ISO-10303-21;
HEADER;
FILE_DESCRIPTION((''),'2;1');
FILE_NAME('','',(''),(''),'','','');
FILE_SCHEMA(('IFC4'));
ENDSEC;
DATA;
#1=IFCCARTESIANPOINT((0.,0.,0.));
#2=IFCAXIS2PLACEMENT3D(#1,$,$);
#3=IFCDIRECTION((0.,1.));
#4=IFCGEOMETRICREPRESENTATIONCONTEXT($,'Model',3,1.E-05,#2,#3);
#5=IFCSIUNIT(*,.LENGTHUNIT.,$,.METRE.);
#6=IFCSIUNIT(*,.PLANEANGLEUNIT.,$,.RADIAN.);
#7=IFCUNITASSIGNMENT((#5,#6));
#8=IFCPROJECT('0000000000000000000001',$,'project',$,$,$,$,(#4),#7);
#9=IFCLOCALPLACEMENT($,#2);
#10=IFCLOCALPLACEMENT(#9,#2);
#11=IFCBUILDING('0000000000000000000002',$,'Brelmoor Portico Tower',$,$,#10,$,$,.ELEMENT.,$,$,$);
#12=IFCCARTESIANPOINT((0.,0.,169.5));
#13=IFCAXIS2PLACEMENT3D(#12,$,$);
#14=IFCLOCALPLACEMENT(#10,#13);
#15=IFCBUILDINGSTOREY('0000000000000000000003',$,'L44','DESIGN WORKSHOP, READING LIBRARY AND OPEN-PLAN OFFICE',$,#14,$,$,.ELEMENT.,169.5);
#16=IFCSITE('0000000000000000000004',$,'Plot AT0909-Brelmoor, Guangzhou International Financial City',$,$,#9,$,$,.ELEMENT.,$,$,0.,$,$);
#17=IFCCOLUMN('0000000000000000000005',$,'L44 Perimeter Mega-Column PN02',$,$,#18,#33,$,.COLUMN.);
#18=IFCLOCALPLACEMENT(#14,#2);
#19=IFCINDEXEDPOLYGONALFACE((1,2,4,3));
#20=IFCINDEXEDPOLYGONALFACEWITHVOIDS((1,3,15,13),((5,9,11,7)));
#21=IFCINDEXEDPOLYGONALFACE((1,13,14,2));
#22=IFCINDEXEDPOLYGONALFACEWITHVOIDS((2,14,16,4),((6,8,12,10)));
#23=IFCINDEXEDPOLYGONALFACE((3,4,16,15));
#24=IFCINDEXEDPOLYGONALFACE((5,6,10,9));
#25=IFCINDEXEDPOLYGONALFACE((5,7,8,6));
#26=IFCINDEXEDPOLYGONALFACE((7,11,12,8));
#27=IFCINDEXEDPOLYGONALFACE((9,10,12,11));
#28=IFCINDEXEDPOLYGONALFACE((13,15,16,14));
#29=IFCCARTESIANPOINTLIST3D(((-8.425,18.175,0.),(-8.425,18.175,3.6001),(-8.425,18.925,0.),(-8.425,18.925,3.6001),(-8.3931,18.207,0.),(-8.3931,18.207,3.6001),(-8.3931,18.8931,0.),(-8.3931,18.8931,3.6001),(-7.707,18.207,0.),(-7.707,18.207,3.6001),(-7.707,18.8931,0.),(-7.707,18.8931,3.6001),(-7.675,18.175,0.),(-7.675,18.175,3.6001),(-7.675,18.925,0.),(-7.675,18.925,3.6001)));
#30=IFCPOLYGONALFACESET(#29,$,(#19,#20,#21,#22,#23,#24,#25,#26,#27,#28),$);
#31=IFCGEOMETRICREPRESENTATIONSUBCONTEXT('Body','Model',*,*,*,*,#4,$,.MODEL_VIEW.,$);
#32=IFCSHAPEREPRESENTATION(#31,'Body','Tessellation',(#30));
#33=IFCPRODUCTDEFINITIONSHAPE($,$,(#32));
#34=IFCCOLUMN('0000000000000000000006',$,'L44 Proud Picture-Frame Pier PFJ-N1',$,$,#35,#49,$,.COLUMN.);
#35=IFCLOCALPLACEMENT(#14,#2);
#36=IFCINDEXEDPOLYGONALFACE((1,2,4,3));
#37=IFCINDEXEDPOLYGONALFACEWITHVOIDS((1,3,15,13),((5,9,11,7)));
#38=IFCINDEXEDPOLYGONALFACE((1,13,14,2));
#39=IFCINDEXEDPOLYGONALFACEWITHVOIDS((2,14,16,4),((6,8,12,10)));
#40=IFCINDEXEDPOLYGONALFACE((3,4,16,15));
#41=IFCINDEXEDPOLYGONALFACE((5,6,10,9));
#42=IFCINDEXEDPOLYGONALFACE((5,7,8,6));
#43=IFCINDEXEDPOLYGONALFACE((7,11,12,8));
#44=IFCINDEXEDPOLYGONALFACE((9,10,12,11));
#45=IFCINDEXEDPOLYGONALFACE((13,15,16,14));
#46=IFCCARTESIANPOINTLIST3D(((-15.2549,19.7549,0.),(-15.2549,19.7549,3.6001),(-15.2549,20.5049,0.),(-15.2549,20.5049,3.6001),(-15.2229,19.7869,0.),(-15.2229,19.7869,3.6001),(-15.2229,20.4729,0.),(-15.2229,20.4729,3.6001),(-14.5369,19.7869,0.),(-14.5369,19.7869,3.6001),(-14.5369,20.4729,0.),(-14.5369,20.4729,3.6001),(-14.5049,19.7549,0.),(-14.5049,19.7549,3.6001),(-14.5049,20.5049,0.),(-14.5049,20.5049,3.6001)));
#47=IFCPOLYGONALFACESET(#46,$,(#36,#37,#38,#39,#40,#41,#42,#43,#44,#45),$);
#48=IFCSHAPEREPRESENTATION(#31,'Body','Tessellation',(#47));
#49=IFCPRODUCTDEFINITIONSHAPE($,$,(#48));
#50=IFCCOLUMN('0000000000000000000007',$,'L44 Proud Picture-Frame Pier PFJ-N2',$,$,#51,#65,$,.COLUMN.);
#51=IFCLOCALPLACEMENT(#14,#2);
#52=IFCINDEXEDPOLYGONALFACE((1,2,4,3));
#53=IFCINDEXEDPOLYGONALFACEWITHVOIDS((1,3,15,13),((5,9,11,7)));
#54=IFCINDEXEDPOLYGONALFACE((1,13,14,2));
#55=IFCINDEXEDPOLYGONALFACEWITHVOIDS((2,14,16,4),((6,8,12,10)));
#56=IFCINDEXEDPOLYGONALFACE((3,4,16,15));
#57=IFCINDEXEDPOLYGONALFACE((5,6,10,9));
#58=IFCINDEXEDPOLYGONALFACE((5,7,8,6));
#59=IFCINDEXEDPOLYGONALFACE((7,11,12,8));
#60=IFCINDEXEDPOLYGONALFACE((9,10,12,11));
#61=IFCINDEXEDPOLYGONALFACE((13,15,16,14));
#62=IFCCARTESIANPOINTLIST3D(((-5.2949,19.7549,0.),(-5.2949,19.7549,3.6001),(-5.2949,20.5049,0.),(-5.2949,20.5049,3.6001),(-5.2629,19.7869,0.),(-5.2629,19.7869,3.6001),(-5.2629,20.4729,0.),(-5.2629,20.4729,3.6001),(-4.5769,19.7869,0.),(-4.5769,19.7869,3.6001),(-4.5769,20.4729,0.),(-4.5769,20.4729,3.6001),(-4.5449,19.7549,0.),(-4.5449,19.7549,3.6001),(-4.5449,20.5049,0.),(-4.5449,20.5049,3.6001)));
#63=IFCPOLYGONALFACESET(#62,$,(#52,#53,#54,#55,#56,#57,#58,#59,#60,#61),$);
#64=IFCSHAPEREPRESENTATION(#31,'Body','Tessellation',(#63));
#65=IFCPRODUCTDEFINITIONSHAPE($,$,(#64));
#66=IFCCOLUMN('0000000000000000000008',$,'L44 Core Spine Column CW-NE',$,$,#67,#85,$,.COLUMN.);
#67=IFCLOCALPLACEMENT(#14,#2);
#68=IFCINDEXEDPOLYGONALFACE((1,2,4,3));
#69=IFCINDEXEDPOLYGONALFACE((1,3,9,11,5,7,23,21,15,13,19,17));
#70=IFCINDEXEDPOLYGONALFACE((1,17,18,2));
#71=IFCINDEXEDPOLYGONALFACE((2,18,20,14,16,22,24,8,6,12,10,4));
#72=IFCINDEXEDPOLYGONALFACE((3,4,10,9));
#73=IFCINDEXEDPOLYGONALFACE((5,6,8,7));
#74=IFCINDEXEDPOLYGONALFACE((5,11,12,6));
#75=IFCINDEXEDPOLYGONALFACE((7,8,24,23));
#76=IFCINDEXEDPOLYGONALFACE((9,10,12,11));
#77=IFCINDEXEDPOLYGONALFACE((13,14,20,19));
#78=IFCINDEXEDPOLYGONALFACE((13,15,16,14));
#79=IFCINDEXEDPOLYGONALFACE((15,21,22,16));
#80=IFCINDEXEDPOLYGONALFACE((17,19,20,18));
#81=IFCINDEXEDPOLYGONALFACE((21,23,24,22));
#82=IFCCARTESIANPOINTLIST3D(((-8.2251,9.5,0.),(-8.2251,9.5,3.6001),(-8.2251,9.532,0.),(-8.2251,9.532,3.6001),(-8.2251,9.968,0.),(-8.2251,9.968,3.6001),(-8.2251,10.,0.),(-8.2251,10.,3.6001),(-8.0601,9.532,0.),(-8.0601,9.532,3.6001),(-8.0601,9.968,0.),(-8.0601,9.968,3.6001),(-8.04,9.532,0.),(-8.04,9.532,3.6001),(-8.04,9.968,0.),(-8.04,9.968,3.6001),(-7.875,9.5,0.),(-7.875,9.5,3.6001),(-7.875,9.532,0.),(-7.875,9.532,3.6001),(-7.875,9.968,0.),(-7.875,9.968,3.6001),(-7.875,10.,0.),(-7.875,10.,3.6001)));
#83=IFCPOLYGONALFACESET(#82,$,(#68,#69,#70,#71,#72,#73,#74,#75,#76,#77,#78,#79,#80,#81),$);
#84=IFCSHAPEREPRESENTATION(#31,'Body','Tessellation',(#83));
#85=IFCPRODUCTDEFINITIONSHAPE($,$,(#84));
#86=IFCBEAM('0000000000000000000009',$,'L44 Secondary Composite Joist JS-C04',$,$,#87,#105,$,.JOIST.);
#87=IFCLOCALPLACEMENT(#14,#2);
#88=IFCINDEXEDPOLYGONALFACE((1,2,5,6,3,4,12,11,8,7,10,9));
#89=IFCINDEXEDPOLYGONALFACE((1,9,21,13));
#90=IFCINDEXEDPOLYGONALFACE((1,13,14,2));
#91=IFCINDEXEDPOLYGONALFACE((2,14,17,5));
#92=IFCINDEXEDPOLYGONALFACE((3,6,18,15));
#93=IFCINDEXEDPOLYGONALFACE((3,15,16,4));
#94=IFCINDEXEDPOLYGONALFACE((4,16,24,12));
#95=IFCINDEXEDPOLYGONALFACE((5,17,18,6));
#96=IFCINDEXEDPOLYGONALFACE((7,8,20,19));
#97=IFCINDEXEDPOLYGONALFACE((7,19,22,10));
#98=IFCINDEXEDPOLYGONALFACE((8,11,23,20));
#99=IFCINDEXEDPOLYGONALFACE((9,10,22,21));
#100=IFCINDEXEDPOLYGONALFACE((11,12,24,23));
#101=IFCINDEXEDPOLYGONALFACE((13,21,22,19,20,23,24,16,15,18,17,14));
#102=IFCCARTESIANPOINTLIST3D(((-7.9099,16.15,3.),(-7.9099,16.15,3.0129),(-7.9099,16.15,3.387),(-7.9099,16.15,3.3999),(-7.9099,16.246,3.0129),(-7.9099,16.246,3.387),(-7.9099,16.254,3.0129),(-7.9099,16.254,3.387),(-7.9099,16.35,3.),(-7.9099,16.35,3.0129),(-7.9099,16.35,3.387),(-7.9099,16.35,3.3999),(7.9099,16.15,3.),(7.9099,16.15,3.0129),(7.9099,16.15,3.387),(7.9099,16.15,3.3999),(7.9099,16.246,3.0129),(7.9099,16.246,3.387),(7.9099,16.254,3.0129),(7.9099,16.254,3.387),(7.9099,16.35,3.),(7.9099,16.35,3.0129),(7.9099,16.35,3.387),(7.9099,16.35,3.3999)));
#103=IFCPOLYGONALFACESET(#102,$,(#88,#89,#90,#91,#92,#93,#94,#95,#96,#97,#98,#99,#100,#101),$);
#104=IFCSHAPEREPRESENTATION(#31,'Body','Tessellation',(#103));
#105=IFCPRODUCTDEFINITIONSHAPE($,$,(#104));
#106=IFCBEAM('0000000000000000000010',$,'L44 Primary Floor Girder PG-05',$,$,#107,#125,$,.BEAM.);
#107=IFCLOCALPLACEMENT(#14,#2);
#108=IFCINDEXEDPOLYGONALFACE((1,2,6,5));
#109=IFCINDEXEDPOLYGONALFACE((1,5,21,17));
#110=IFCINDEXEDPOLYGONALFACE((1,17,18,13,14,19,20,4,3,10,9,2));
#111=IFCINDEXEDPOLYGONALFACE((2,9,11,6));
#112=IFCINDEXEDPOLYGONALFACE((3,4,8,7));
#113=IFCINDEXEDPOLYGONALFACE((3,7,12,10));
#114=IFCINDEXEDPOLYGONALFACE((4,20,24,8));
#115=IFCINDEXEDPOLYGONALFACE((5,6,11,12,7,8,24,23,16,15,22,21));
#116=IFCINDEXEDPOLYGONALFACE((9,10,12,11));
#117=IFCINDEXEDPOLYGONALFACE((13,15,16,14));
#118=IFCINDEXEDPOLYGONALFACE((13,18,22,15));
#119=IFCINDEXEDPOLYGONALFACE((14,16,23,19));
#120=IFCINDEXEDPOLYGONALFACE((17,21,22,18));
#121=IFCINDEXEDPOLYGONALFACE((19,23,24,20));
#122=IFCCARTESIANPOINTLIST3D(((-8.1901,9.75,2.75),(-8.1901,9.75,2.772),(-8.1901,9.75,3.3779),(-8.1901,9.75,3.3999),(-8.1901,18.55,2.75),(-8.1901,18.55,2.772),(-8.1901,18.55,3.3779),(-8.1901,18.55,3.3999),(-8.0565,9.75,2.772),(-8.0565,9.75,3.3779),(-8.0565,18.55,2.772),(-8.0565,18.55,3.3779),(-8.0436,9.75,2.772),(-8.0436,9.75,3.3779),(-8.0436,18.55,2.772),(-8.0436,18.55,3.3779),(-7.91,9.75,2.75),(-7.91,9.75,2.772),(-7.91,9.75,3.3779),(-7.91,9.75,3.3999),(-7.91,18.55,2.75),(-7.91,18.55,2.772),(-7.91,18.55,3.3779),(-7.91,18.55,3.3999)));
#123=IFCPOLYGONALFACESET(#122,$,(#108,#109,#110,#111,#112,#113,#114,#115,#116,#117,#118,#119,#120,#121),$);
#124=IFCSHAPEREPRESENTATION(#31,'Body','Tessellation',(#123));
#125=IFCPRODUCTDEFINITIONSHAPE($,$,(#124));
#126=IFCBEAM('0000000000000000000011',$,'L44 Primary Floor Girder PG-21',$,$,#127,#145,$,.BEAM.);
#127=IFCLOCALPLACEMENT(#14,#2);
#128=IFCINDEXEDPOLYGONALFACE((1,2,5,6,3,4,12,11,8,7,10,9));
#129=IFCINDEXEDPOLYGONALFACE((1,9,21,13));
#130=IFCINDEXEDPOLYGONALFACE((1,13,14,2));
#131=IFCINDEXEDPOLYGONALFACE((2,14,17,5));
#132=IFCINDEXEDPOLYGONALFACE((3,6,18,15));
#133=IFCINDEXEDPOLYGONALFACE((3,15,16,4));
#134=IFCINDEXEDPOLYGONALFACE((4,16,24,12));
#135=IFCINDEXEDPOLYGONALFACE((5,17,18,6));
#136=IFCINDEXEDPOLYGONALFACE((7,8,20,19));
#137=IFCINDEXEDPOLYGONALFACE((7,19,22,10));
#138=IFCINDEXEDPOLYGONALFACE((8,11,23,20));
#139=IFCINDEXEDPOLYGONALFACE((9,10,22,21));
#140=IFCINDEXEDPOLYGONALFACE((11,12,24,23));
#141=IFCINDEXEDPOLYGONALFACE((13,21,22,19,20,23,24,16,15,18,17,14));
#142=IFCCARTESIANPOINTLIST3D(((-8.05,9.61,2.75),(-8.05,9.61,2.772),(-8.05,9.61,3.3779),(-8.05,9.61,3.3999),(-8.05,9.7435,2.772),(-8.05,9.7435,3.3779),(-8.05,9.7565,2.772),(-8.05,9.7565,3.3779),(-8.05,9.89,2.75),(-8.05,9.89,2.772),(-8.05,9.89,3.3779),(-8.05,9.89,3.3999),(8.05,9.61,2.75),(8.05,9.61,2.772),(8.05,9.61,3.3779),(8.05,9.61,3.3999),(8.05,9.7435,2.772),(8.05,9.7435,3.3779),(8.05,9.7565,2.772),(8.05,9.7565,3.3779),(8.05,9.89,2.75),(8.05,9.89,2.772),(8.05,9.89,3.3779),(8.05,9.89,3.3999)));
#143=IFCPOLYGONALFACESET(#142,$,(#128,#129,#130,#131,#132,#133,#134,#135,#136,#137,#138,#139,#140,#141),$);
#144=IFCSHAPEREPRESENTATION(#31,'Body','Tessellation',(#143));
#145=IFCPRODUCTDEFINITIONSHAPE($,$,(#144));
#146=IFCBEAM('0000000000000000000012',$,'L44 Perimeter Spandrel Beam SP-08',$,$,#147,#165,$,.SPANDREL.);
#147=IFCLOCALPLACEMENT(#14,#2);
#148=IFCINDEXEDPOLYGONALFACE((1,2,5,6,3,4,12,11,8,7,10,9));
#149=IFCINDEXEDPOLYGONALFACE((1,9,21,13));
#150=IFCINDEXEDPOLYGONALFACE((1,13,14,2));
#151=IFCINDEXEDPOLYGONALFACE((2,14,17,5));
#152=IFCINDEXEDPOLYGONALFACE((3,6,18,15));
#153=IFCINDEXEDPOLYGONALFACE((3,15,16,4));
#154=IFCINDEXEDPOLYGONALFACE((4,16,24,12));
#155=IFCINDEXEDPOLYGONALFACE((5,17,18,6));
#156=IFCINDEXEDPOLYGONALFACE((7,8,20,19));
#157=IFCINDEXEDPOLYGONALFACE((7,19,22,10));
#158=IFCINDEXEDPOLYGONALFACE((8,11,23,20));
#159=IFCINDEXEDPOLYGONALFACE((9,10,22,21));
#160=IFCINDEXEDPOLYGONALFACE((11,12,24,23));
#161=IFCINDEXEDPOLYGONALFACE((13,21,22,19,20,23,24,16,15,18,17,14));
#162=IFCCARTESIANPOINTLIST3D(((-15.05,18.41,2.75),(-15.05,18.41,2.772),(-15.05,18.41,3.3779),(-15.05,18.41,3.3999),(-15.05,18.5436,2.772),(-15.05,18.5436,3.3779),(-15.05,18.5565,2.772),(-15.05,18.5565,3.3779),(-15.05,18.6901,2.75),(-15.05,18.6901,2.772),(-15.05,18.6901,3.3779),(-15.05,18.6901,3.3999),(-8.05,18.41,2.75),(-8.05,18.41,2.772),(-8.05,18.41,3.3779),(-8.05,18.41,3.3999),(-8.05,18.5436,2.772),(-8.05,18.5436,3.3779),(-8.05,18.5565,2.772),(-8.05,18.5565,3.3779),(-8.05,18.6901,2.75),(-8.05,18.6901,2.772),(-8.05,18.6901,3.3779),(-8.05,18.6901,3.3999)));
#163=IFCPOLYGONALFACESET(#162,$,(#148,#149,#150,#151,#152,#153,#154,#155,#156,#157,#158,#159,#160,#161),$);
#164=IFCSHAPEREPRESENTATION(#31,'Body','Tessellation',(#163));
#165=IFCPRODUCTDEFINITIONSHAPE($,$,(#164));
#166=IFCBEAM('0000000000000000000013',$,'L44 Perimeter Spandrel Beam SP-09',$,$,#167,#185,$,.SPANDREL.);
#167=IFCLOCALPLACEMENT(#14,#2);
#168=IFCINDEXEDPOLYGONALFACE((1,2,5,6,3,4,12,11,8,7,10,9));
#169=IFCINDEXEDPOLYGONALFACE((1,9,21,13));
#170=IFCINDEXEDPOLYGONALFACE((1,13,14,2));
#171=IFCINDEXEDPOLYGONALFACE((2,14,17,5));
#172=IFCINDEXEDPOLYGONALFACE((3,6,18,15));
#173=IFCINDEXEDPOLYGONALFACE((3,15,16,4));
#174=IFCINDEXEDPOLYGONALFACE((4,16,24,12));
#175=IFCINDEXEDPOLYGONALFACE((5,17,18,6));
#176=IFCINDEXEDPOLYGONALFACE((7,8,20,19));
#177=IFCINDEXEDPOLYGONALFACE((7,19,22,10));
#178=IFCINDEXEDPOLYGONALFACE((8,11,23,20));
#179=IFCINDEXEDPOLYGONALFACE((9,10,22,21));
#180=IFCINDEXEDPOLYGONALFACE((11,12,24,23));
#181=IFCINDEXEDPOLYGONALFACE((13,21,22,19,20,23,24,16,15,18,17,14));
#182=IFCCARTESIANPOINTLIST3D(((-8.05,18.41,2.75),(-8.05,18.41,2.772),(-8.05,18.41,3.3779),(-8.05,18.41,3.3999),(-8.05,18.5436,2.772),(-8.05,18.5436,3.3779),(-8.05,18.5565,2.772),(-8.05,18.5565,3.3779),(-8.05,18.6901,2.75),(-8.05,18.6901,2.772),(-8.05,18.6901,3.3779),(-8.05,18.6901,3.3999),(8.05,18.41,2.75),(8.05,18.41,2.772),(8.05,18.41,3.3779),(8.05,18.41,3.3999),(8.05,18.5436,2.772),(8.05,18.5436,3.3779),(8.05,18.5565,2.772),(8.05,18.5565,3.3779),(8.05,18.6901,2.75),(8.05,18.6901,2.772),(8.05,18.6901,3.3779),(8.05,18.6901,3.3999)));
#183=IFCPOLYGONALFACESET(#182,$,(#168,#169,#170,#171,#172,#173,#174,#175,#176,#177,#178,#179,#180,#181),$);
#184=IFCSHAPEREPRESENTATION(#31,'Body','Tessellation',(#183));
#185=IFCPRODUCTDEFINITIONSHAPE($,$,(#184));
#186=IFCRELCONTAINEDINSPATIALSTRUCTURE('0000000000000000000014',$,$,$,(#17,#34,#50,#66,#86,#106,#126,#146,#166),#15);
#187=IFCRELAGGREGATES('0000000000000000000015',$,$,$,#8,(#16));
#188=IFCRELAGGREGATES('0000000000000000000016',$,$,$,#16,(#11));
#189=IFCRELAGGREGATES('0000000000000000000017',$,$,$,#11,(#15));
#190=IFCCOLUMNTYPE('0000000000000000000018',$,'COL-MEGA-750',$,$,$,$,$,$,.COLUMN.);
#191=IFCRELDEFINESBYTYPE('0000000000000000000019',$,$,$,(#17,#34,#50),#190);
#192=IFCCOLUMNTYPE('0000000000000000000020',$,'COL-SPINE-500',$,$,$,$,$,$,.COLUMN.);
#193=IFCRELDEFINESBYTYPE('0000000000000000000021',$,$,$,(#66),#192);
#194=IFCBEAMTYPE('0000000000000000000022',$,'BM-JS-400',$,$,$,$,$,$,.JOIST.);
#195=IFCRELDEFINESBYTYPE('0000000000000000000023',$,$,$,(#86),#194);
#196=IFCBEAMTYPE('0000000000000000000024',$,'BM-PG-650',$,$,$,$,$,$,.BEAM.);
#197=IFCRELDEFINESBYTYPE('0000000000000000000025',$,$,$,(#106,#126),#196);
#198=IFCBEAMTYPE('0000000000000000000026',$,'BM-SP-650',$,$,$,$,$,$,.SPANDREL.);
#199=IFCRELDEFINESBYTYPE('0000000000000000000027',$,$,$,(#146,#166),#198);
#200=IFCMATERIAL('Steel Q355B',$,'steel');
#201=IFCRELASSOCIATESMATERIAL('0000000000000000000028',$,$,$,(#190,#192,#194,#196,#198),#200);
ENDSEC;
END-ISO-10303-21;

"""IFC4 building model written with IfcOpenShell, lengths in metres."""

from ifc_helpers import new_model, si_unit, direction, frame, origin, origin_2d, place, context, subcontext, project, spatial, hollow_rectangle, i_section, extrude, material, material_profile, profile_set, type_object, element, save


model = new_model("IFC4")

# Units and contexts
model_context = context("Model", 3, precision=1e-05, world=origin(), true_north=direction((0.0, 1.0)))
body_context = subcontext(model_context, "Body", "Model", "MODEL_VIEW")
ifc_project = project(units=[si_unit("LENGTHUNIT", "METRE"), si_unit("PLANEANGLEUNIT", "RADIAN")], contexts=[model_context])

# Site, building, storey
site_placement = place(None, origin())
site = spatial("IfcSite", under=ifc_project, at=site_placement, Name="Plot AT0909-Brelmoor, Guangzhou International Financial City", CompositionType="ELEMENT", RefElevation=0.0)
building_placement = place(site_placement, origin())
building = spatial("IfcBuilding", under=site, at=building_placement, Name="Brelmoor Portico Tower", CompositionType="ELEMENT")
storey_placement = place(building_placement, frame((0.0, 0.0, 169.5)))
storey = spatial("IfcBuildingStorey", under=building, at=storey_placement, Name="L44", Description="DESIGN WORKSHOP, READING LIBRARY AND OPEN-PLAN OFFICE", CompositionType="ELEMENT", Elevation=169.5)

# Columns
ifc_material_1 = material(Name="Steel Q355B", Category="steel")
ifc_material_profile_1 = material_profile(ifc_material_1, hollow_rectangle(XDim=0.75, YDim=0.75, WallThickness=0.032, at=origin_2d()), Name="BOX 750x750x32")
ifc_profile_set_1 = profile_set([ifc_material_profile_1], Name="Steel Q355B")
column_type_1 = type_object("IfcColumnType", Name="COL-MEGA-750", PredefinedType="COLUMN", material=ifc_profile_set_1)
for number, where, z_axis, x_axis, name in (
    (1, (-8.05, 18.55, 0.0), (0.0, 0.0, 1.0), (1.0, 0.0, 0.0), "L44 Perimeter Mega-Column PN02"),
    (2, (-14.8799, 20.1299, 0.0), (0.0, 0.0, 1.0), (1.0, 0.0, 0.0), "L44 Proud Picture-Frame Pier PFJ-N1"),
    (3, (-4.9199, 20.1299, 0.0), (0.0, 0.0, 1.0), (1.0, 0.0, 0.0), "L44 Proud Picture-Frame Pier PFJ-N2"),
):
    element("IfcColumn", number, at=place(storey_placement, frame(where, z_axis=z_axis, x_axis=x_axis)), inside=storey, type_object=column_type_1, Name=name, PredefinedType="COLUMN", context=body_context, shape_type="SweptSolid", body=[
        extrude(hollow_rectangle(XDim=0.75, YDim=0.75, WallThickness=0.032, at=origin_2d()), origin(), (0.0, 0.0, 1.0), 3.6001),
    ])
ifc_material_profile_2 = material_profile(ifc_material_1, i_section(OverallWidth=0.3501, OverallDepth=0.5, WebThickness=0.02, FlangeThickness=0.032, at=origin_2d()), Name="HW 500x350x20x32")
ifc_profile_set_2 = profile_set([ifc_material_profile_2], Name="Steel Q355B")
column_type_2 = type_object("IfcColumnType", Name="COL-SPINE-500", PredefinedType="COLUMN", material=ifc_profile_set_2)
column_placement = place(storey_placement, frame((-8.05, 9.75, 0.0), z_axis=(0.0, 0.0, 1.0), x_axis=(1.0, 0.0, 0.0)))
element("IfcColumn", 4, at=column_placement, inside=storey, type_object=column_type_2, Name="L44 Core Spine Column CW-NE", PredefinedType="COLUMN", context=body_context, shape_type="SweptSolid", body=[
    extrude(i_section(OverallWidth=0.3501, OverallDepth=0.5, WebThickness=0.02, FlangeThickness=0.032, at=origin_2d()), origin(), (0.0, 0.0, 1.0), 3.6001),
])

# Beams
ifc_material_profile_3 = material_profile(ifc_material_1, i_section(OverallWidth=0.2, OverallDepth=0.3999, WebThickness=0.0081, FlangeThickness=0.0129, at=origin_2d()), Name="HN 400x200x8x13")
ifc_profile_set_3 = profile_set([ifc_material_profile_3], Name="Steel Q355B")
beam_type_1 = type_object("IfcBeamType", Name="BM-JS-400", PredefinedType="JOIST", material=ifc_profile_set_3)
beam_1_placement = place(storey_placement, frame((-7.9099, 16.25, 3.2), z_axis=(1.0, 0.0, 0.0), x_axis=(0.0, 1.0, 0.0)))
element("IfcBeam", 5, at=beam_1_placement, inside=storey, type_object=beam_type_1, Name="L44 Secondary Composite Joist JS-C04", PredefinedType="JOIST", context=body_context, shape_type="SweptSolid", body=[
    extrude(i_section(OverallWidth=0.2, OverallDepth=0.3999, WebThickness=0.0081, FlangeThickness=0.0129, at=origin_2d()), origin(), (0.0, 0.0, 1.0), 15.8198),
])
ifc_material_profile_4 = material_profile(ifc_material_1, i_section(OverallWidth=0.28, OverallDepth=0.6499, WebThickness=0.0129, FlangeThickness=0.022, at=origin_2d()), Name="HN 650x280x13x22")
ifc_profile_set_4 = profile_set([ifc_material_profile_4], Name="Steel Q355B")
beam_type_2 = type_object("IfcBeamType", Name="BM-PG-650", PredefinedType="BEAM", material=ifc_profile_set_4)
beam_2_placement = place(storey_placement, frame((-8.05, 9.75, 3.075), z_axis=(0.0, 1.0, 0.0), x_axis=(-1.0, 0.0, 0.0)))
element("IfcBeam", 6, at=beam_2_placement, inside=storey, type_object=beam_type_2, Name="L44 Primary Floor Girder PG-05", PredefinedType="BEAM", context=body_context, shape_type="SweptSolid", body=[
    extrude(i_section(OverallWidth=0.28, OverallDepth=0.6499, WebThickness=0.0129, FlangeThickness=0.022, at=origin_2d()), origin(), (0.0, 0.0, 1.0), 8.8),
])
beam_3_placement = place(storey_placement, frame((-8.05, 9.75, 3.075), z_axis=(1.0, 0.0, 0.0), x_axis=(0.0, 1.0, 0.0)))
element("IfcBeam", 7, at=beam_3_placement, inside=storey, type_object=beam_type_2, Name="L44 Primary Floor Girder PG-21", PredefinedType="BEAM", context=body_context, shape_type="SweptSolid", body=[
    extrude(i_section(OverallWidth=0.28, OverallDepth=0.6499, WebThickness=0.0129, FlangeThickness=0.022, at=origin_2d()), origin(), (0.0, 0.0, 1.0), 16.1001),
])
ifc_material_profile_5 = material_profile(ifc_material_1, i_section(OverallWidth=0.28, OverallDepth=0.6499, WebThickness=0.0129, FlangeThickness=0.022, at=origin_2d()), Name="HN 650x280x13x22")
ifc_profile_set_5 = profile_set([ifc_material_profile_5], Name="Steel Q355B")
beam_type_3 = type_object("IfcBeamType", Name="BM-SP-650", PredefinedType="SPANDREL", material=ifc_profile_set_5)
beam_4_placement = place(storey_placement, frame((-15.05, 18.55, 3.075), z_axis=(1.0, 0.0, 0.0), x_axis=(0.0, 1.0, 0.0)))
element("IfcBeam", 8, at=beam_4_placement, inside=storey, type_object=beam_type_3, Name="L44 Perimeter Spandrel Beam SP-08", PredefinedType="SPANDREL", context=body_context, shape_type="SweptSolid", body=[
    extrude(i_section(OverallWidth=0.28, OverallDepth=0.6499, WebThickness=0.0129, FlangeThickness=0.022, at=origin_2d()), origin(), (0.0, 0.0, 1.0), 7.0),
])
beam_5_placement = place(storey_placement, frame((-8.05, 18.55, 3.075), z_axis=(1.0, 0.0, 0.0), x_axis=(0.0, 1.0, 0.0)))
element("IfcBeam", 9, at=beam_5_placement, inside=storey, type_object=beam_type_3, Name="L44 Perimeter Spandrel Beam SP-09", PredefinedType="SPANDREL", context=body_context, shape_type="SweptSolid", body=[
    extrude(i_section(OverallWidth=0.28, OverallDepth=0.6499, WebThickness=0.0129, FlangeThickness=0.022, at=origin_2d()), origin(), (0.0, 0.0, 1.0), 16.1001),
])

save(model, "model.ifc")
